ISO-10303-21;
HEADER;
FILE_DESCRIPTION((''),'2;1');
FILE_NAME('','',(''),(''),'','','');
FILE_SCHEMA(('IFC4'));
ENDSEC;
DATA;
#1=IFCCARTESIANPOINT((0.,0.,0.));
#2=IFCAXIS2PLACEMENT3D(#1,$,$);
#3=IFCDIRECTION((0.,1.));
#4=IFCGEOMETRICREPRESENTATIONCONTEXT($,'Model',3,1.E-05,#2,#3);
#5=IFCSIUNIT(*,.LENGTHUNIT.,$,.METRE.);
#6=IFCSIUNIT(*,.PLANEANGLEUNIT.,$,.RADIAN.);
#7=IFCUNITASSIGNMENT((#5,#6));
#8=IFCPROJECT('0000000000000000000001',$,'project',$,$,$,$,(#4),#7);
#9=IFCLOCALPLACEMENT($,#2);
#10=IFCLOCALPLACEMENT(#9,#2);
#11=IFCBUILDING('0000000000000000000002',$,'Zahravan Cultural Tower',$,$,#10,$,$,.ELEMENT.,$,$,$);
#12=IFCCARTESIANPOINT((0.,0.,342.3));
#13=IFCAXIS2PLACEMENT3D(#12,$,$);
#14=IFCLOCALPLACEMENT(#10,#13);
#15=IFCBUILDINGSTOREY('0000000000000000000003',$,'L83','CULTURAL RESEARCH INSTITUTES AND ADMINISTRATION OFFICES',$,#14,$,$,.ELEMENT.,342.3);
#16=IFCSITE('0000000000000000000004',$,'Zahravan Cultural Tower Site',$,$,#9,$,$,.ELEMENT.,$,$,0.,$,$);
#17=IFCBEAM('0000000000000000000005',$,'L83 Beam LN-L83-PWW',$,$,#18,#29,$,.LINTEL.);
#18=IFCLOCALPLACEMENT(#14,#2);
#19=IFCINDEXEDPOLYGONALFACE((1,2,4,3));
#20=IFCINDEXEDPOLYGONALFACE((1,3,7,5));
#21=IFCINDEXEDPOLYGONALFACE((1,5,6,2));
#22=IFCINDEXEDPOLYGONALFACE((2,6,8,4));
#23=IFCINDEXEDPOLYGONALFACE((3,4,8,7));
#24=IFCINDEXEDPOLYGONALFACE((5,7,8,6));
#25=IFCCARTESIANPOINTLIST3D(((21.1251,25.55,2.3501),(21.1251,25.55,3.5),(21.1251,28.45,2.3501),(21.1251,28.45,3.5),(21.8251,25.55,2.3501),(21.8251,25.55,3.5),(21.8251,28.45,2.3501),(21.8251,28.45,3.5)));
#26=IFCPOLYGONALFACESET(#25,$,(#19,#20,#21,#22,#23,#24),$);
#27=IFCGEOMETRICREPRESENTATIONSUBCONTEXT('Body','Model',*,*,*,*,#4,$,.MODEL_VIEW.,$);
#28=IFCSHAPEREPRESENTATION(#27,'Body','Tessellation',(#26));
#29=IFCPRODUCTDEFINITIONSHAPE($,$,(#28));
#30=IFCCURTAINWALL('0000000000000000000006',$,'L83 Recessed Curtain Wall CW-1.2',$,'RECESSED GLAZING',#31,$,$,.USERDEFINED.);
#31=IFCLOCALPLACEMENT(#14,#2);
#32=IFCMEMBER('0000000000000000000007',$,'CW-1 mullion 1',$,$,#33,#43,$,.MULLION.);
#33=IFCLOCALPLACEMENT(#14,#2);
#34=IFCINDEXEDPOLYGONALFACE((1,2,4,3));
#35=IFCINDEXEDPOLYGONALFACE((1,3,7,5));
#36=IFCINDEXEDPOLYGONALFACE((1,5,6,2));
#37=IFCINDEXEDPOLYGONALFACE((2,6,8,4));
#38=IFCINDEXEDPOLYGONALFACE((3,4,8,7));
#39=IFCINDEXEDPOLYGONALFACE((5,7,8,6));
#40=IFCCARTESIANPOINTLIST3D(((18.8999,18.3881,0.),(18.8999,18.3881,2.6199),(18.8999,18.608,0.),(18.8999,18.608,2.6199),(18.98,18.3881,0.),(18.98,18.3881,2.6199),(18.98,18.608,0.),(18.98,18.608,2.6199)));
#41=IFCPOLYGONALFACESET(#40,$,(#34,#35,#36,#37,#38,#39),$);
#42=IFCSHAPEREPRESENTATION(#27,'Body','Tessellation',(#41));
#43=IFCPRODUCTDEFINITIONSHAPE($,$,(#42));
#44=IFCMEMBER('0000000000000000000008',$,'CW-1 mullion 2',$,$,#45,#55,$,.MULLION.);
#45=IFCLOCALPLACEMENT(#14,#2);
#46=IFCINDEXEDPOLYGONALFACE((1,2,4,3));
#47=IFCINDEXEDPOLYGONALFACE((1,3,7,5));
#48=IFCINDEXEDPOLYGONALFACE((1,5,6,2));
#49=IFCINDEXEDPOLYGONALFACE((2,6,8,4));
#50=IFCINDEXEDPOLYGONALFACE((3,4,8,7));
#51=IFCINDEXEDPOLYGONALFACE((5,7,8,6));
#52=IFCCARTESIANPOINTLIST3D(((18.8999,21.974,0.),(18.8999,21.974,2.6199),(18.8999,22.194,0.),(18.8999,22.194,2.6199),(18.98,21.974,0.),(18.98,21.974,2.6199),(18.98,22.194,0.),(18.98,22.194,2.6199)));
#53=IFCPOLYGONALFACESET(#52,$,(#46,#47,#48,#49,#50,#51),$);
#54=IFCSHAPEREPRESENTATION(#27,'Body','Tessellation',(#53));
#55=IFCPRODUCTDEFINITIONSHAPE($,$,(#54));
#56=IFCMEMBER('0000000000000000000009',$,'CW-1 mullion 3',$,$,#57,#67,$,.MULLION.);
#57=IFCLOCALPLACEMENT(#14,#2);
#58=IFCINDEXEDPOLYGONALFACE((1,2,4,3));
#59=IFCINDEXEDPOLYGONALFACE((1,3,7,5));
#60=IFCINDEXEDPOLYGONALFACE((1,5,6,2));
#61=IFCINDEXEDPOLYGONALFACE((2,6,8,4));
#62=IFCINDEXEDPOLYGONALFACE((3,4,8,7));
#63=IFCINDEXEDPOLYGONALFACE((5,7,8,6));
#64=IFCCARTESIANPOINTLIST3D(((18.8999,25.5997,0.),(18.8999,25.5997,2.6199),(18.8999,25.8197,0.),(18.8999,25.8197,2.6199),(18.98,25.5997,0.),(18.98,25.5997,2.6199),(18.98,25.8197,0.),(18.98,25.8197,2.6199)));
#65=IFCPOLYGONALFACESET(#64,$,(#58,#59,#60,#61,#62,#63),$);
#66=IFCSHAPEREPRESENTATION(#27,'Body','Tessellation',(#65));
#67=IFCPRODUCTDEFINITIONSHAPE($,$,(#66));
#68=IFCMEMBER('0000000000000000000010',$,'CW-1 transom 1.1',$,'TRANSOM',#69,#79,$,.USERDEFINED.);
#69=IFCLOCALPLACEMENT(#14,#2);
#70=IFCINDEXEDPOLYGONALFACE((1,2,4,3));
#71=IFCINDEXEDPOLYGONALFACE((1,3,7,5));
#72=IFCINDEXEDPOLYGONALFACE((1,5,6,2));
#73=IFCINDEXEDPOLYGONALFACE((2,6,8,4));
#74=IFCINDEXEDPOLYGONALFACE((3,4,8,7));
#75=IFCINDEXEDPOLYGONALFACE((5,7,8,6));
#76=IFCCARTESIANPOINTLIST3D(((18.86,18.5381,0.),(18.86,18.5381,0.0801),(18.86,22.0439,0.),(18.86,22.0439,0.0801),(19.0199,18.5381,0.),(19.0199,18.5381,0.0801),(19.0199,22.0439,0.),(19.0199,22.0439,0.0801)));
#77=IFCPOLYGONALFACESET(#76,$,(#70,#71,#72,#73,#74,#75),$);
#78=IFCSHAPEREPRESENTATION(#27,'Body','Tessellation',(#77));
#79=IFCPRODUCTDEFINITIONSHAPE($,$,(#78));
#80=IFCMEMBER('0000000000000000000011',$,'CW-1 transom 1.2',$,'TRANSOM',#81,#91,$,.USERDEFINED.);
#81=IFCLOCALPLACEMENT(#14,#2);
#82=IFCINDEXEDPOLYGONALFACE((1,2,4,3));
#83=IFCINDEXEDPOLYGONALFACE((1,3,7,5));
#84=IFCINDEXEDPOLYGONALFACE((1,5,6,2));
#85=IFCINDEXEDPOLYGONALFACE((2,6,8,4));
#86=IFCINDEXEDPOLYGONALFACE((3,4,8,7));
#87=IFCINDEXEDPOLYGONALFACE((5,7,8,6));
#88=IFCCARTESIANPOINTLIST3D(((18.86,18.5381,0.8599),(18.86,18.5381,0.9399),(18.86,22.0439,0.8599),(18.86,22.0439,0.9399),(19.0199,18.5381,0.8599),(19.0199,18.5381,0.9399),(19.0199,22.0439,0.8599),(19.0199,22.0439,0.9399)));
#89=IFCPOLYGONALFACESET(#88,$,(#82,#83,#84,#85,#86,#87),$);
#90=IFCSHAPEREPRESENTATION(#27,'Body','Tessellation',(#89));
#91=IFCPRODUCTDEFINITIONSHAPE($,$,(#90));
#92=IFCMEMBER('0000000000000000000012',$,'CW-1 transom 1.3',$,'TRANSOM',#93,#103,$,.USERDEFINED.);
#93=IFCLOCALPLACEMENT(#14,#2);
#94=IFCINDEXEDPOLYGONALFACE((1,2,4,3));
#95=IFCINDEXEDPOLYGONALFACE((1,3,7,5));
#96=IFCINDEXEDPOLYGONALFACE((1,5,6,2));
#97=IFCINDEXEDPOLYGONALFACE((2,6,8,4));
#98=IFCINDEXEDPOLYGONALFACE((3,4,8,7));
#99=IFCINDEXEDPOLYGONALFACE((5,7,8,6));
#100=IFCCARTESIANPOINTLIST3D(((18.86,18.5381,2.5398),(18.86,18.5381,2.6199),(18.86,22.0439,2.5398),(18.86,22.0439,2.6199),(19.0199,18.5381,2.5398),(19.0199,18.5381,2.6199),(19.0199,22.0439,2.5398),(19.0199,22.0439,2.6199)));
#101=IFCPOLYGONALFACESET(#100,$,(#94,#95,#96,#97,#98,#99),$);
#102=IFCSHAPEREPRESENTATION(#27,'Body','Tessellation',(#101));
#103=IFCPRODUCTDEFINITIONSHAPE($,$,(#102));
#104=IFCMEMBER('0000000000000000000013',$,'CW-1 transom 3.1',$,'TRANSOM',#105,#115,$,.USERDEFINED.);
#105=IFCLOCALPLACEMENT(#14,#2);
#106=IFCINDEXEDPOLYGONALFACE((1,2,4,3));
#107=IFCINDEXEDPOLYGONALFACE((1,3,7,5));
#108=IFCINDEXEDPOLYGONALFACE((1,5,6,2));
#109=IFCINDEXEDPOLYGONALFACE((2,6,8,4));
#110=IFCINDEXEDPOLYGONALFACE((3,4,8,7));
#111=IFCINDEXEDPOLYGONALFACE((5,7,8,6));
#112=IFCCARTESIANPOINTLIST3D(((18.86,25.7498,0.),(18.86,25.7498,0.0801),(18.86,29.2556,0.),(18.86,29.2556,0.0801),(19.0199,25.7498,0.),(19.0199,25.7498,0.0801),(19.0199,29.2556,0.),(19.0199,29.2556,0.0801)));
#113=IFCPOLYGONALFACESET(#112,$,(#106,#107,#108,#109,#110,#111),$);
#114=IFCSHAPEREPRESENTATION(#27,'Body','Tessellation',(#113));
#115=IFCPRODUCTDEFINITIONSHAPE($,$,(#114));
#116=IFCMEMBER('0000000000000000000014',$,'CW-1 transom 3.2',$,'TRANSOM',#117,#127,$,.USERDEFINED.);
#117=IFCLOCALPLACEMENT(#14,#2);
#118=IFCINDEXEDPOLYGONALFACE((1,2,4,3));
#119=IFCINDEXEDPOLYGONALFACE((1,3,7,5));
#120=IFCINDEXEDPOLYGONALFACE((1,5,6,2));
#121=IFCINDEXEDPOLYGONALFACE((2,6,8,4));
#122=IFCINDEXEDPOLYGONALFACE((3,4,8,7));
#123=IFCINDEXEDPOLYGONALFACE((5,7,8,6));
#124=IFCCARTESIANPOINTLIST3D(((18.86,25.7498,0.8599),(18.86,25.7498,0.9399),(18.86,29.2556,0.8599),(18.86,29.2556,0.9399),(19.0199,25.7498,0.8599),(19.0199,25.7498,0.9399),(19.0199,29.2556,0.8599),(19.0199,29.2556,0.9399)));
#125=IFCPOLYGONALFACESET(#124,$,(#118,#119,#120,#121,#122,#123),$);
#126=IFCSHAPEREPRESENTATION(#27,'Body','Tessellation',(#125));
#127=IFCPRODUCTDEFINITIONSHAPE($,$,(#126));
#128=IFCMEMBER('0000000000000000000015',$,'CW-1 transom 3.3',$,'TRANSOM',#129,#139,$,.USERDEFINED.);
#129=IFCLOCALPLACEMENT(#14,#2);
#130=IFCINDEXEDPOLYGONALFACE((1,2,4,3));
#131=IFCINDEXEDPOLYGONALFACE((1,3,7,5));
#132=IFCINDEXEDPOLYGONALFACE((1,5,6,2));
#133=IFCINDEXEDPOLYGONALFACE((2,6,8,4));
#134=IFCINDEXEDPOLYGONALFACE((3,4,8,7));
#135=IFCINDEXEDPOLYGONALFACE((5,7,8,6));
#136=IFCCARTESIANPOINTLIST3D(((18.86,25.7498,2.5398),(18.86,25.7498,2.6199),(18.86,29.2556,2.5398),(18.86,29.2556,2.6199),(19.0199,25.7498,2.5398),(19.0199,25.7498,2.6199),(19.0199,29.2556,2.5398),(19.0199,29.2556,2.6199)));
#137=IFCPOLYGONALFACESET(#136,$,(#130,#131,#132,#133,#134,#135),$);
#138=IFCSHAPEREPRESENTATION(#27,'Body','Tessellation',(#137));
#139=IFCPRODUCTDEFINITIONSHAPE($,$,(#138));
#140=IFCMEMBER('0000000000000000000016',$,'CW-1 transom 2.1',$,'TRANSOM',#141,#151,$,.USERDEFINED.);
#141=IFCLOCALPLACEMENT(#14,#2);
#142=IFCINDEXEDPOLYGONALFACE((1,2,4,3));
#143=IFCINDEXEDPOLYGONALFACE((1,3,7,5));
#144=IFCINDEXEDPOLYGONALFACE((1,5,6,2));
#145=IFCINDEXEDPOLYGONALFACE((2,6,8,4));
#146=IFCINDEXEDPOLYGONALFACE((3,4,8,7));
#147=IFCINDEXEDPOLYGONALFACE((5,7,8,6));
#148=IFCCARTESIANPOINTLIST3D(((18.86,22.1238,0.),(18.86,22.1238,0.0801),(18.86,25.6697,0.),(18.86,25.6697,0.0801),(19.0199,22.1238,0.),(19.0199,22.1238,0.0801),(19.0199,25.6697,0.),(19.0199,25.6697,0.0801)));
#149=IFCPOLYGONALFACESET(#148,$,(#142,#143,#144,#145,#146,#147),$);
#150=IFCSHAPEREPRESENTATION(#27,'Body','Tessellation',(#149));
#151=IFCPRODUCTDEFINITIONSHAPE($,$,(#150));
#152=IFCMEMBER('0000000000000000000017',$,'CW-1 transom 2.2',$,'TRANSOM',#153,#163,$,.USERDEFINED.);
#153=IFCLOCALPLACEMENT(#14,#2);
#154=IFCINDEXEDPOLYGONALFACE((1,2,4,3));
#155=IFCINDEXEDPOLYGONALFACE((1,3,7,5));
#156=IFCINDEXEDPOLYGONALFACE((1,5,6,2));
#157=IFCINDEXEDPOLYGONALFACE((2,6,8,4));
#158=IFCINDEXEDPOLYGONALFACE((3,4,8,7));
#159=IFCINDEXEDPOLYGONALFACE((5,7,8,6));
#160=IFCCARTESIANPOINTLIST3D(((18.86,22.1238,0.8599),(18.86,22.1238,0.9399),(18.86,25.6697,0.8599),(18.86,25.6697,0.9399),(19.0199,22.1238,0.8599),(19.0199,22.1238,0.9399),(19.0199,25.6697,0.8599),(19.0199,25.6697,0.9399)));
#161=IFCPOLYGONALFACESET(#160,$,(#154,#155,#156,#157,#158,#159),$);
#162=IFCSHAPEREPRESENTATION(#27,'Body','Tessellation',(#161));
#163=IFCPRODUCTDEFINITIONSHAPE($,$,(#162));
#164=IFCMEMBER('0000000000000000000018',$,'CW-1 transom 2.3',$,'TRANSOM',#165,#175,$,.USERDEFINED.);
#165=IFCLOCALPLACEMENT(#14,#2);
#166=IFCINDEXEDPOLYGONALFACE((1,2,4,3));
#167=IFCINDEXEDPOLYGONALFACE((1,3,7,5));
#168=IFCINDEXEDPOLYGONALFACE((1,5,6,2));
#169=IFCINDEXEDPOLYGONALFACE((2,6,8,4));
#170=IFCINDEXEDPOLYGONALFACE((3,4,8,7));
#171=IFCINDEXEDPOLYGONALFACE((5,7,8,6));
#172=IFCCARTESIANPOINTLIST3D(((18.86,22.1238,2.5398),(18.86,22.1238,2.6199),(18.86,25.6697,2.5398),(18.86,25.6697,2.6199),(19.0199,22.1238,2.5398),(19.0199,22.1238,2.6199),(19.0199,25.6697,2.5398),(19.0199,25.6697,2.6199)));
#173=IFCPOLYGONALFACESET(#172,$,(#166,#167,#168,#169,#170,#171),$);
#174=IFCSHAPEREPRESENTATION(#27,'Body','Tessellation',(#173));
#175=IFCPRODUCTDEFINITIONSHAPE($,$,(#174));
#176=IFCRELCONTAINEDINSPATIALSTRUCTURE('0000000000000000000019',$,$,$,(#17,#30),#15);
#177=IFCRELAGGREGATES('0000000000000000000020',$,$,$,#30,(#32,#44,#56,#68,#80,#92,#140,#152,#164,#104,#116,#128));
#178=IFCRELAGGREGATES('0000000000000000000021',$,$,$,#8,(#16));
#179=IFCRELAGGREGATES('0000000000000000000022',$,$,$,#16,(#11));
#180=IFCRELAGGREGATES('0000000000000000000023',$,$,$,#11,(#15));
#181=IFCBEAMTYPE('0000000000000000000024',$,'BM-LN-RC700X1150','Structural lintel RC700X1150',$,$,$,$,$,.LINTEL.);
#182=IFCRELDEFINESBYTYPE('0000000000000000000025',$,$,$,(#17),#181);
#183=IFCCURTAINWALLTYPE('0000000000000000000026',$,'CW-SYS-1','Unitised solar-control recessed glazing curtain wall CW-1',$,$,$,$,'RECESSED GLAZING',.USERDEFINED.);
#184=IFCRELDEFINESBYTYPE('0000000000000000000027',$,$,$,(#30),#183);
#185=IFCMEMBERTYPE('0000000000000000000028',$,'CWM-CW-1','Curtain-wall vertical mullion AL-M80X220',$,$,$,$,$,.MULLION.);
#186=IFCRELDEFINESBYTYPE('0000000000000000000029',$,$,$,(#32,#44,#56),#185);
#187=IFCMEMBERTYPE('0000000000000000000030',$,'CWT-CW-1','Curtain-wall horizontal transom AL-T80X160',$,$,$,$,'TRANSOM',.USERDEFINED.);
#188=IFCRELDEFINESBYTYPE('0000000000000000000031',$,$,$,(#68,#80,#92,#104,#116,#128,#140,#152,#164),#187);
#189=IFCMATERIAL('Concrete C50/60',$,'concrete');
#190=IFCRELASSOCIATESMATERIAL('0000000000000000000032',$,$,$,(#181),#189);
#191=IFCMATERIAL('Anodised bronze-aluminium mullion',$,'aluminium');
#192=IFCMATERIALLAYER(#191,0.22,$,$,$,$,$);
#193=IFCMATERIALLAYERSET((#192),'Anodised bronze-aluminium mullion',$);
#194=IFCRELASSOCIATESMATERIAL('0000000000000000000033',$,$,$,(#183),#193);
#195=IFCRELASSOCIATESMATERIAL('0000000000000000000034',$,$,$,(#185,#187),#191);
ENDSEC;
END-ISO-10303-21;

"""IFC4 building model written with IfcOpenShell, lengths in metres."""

from ifc_helpers import new_model, si_unit, direction, frame, origin, origin_2d, place, context, subcontext, project, spatial, rectangle, extrude, source, transform, mapped, material, layer, layer_set, material_profile, profile_set, type_object, element, aggregate, save


model = new_model("IFC4")

# Units and contexts
model_context = context("Model", 3, precision=1e-05, world=origin(), true_north=direction((0.0, 1.0)))
body_context = subcontext(model_context, "Body", "Model", "MODEL_VIEW")
ifc_project = project(units=[si_unit("LENGTHUNIT", "METRE"), si_unit("PLANEANGLEUNIT", "RADIAN")], contexts=[model_context])

# Site, building, storey
site_placement = place(None, origin())
site = spatial("IfcSite", under=ifc_project, at=site_placement, Name="Zahravan Cultural Tower Site", CompositionType="ELEMENT", RefElevation=0.0)
building_placement = place(site_placement, origin())
building = spatial("IfcBuilding", under=site, at=building_placement, Name="Zahravan Cultural Tower", CompositionType="ELEMENT")
storey_placement = place(building_placement, frame((0.0, 0.0, 342.3)))
storey = spatial("IfcBuildingStorey", under=building, at=storey_placement, Name="L83", Description="CULTURAL RESEARCH INSTITUTES AND ADMINISTRATION OFFICES", CompositionType="ELEMENT", Elevation=342.3)

# Beam
ifc_material_1 = material(Name="Concrete C50/60", Category="concrete")
ifc_material_profile_1 = material_profile(ifc_material_1, rectangle(XDim=0.7, YDim=1.1499, at=origin_2d()), Name="RC700X1150")
ifc_profile_set_1 = profile_set([ifc_material_profile_1], Name="Concrete C50/60")
beam_type = type_object("IfcBeamType", Name="BM-LN-RC700X1150", Description="Structural lintel RC700X1150", PredefinedType="LINTEL", material=ifc_profile_set_1)
shared_shape_1 = source(origin(), body_context, "Body", "SweptSolid", [
    extrude(rectangle(XDim=0.7, YDim=1.1499, at=origin_2d()), origin(), (0.0, 0.0, 1.0), 2.8999),
])
beam_placement = place(storey_placement, frame((21.4751, 25.55, 2.925), z_axis=(0.0, 1.0, 0.0), x_axis=(-1.0, 0.0, 0.0)))
element("IfcBeam", 1, at=beam_placement, inside=storey, type_object=beam_type, Name="L83 Beam LN-L83-PWW", PredefinedType="LINTEL", context=body_context, shape_type="MappedRepresentation", body=[
    mapped(shared_shape_1, transform((0.0, 0.0, 0.0), x_axis=(1.0, 0.0, 0.0), y_axis=(0.0, 1.0, 0.0), z_axis=(0.0, 0.0, 1.0), scale=1.0)),
])

# Curtain wall, members
ifc_material_2 = material(Name="Anodised bronze-aluminium mullion", Category="aluminium")
ifc_layer_1 = layer(ifc_material_2, 0.22)
ifc_layer_set_1 = layer_set([ifc_layer_1], Name="Anodised bronze-aluminium mullion")
curtain_wall_type = type_object("IfcCurtainWallType", Name="CW-SYS-1", Description="Unitised solar-control recessed glazing curtain wall CW-1", ElementType="RECESSED GLAZING", PredefinedType="USERDEFINED", material=ifc_layer_set_1)
curtain_wall_placement = place(storey_placement, origin())
curtain_wall = element("IfcCurtainWall", 2, at=curtain_wall_placement, inside=storey, type_object=curtain_wall_type, Name="L83 Recessed Curtain Wall CW-1.2", ObjectType="RECESSED GLAZING", PredefinedType="USERDEFINED")
ifc_material_profile_2 = material_profile(ifc_material_2, rectangle(XDim=0.0801, YDim=0.22, at=origin_2d()), Name="AL-M80X220")
ifc_profile_set_2 = profile_set([ifc_material_profile_2], Name="Anodised bronze-aluminium mullion")
member_type_1 = type_object("IfcMemberType", Name="CWM-CW-1", Description="Curtain-wall vertical mullion AL-M80X220", PredefinedType="MULLION", material=ifc_profile_set_2)
shared_shape_2 = source(origin(), body_context, "Body", "SweptSolid", [
    extrude(rectangle(XDim=0.0801, YDim=0.22, at=origin_2d()), origin(), (0.0, 0.0, 1.0), 2.6199),
])
member_1_placement = place(storey_placement, frame((18.9399, 18.498, 0.0), z_axis=(0.0, 0.0, 1.0), x_axis=(-1.0, 0.0, 0.0)))
member_1 = element("IfcMember", 3, at=member_1_placement, type_object=member_type_1, Name="CW-1 mullion 1", PredefinedType="MULLION", context=body_context, shape_type="MappedRepresentation", body=[
    mapped(shared_shape_2, transform((0.0, 0.0, 0.0), x_axis=(1.0, 0.0, 0.0), y_axis=(0.0, 1.0, 0.0), z_axis=(0.0, 0.0, 1.0), scale=1.0)),
])
member_2_placement = place(storey_placement, frame((18.9399, 22.084, 0.0), z_axis=(0.0, 0.0, 1.0), x_axis=(-1.0, 0.0, 0.0)))
member_2 = element("IfcMember", 4, at=member_2_placement, type_object=member_type_1, Name="CW-1 mullion 2", PredefinedType="MULLION", context=body_context, shape_type="MappedRepresentation", body=[
    mapped(shared_shape_2, transform((0.0, 0.0, 0.0), x_axis=(1.0, 0.0, 0.0), y_axis=(0.0, 1.0, 0.0), z_axis=(0.0, 0.0, 1.0), scale=1.0)),
])
member_3_placement = place(storey_placement, frame((18.9399, 25.7097, 0.0), z_axis=(0.0, 0.0, 1.0), x_axis=(-1.0, 0.0, 0.0)))
member_3 = element("IfcMember", 5, at=member_3_placement, type_object=member_type_1, Name="CW-1 mullion 3", PredefinedType="MULLION", context=body_context, shape_type="MappedRepresentation", body=[
    mapped(shared_shape_2, transform((0.0, 0.0, 0.0), x_axis=(1.0, 0.0, 0.0), y_axis=(0.0, 1.0, 0.0), z_axis=(0.0, 0.0, 1.0), scale=1.0)),
])
ifc_material_profile_3 = material_profile(ifc_material_2, rectangle(XDim=0.1599, YDim=0.0801, at=origin_2d()), Name="AL-T80X160")
ifc_profile_set_3 = profile_set([ifc_material_profile_3], Name="Anodised bronze-aluminium mullion")
member_type_2 = type_object("IfcMemberType", Name="CWT-CW-1", Description="Curtain-wall horizontal transom AL-T80X160", ElementType="TRANSOM", PredefinedType="USERDEFINED", material=ifc_profile_set_3)
shared_shape_3 = source(origin(), body_context, "Body", "SweptSolid", [
    extrude(rectangle(XDim=0.1599, YDim=0.0801, at=origin_2d()), origin(), (0.0, 0.0, 1.0), 3.5059),
])
member_4_placement = place(storey_placement, frame((18.9399, 18.5381, 0.04), z_axis=(0.0, 1.0, 0.0), x_axis=(-1.0, 0.0, 0.0)))
member_4 = element("IfcMember", 6, at=member_4_placement, type_object=member_type_2, Name="CW-1 transom 1.1", ObjectType="TRANSOM", PredefinedType="USERDEFINED", context=body_context, shape_type="MappedRepresentation", body=[
    mapped(shared_shape_3, transform((0.0, 0.0, 0.0), x_axis=(1.0, 0.0, 0.0), y_axis=(0.0, 1.0, 0.0), z_axis=(0.0, 0.0, 1.0), scale=1.0)),
])
member_5_placement = place(storey_placement, frame((18.9399, 18.5381, 0.8999), z_axis=(0.0, 1.0, 0.0), x_axis=(-1.0, 0.0, 0.0)))
member_5 = element("IfcMember", 7, at=member_5_placement, type_object=member_type_2, Name="CW-1 transom 1.2", ObjectType="TRANSOM", PredefinedType="USERDEFINED", context=body_context, shape_type="MappedRepresentation", body=[
    mapped(shared_shape_3, transform((0.0, 0.0, 0.0), x_axis=(1.0, 0.0, 0.0), y_axis=(0.0, 1.0, 0.0), z_axis=(0.0, 0.0, 1.0), scale=1.0)),
])
member_6_placement = place(storey_placement, frame((18.9399, 18.5381, 2.5798), z_axis=(0.0, 1.0, 0.0), x_axis=(-1.0, 0.0, 0.0)))
member_6 = element("IfcMember", 8, at=member_6_placement, type_object=member_type_2, Name="CW-1 transom 1.3", ObjectType="TRANSOM", PredefinedType="USERDEFINED", context=body_context, shape_type="MappedRepresentation", body=[
    mapped(shared_shape_3, transform((0.0, 0.0, 0.0), x_axis=(1.0, 0.0, 0.0), y_axis=(0.0, 1.0, 0.0), z_axis=(0.0, 0.0, 1.0), scale=1.0)),
])
member_7_placement = place(storey_placement, frame((18.9399, 25.7498, 0.04), z_axis=(0.0, 1.0, 0.0), x_axis=(-1.0, 0.0, 0.0)))
member_7 = element("IfcMember", 9, at=member_7_placement, type_object=member_type_2, Name="CW-1 transom 3.1", ObjectType="TRANSOM", PredefinedType="USERDEFINED", context=body_context, shape_type="MappedRepresentation", body=[
    mapped(shared_shape_3, transform((0.0, 0.0, 0.0), x_axis=(1.0, 0.0, 0.0), y_axis=(0.0, 1.0, 0.0), z_axis=(0.0, 0.0, 1.0), scale=1.0)),
])
member_8_placement = place(storey_placement, frame((18.9399, 25.7498, 0.8999), z_axis=(0.0, 1.0, 0.0), x_axis=(-1.0, 0.0, 0.0)))
member_8 = element("IfcMember", 10, at=member_8_placement, type_object=member_type_2, Name="CW-1 transom 3.2", ObjectType="TRANSOM", PredefinedType="USERDEFINED", context=body_context, shape_type="MappedRepresentation", body=[
    mapped(shared_shape_3, transform((0.0, 0.0, 0.0), x_axis=(1.0, 0.0, 0.0), y_axis=(0.0, 1.0, 0.0), z_axis=(0.0, 0.0, 1.0), scale=1.0)),
])
member_9_placement = place(storey_placement, frame((18.9399, 25.7498, 2.5798), z_axis=(0.0, 1.0, 0.0), x_axis=(-1.0, 0.0, 0.0)))
member_9 = element("IfcMember", 11, at=member_9_placement, type_object=member_type_2, Name="CW-1 transom 3.3", ObjectType="TRANSOM", PredefinedType="USERDEFINED", context=body_context, shape_type="MappedRepresentation", body=[
    mapped(shared_shape_3, transform((0.0, 0.0, 0.0), x_axis=(1.0, 0.0, 0.0), y_axis=(0.0, 1.0, 0.0), z_axis=(0.0, 0.0, 1.0), scale=1.0)),
])
shared_shape_4 = source(origin(), body_context, "Body", "SweptSolid", [
    extrude(rectangle(XDim=0.1599, YDim=0.0801, at=origin_2d()), origin(), (0.0, 0.0, 1.0), 3.5459),
])
member_10_placement = place(storey_placement, frame((18.9399, 22.1238, 0.04), z_axis=(0.0, 1.0, 0.0), x_axis=(-1.0, 0.0, 0.0)))
member_10 = element("IfcMember", 12, at=member_10_placement, type_object=member_type_2, Name="CW-1 transom 2.1", ObjectType="TRANSOM", PredefinedType="USERDEFINED", context=body_context, shape_type="MappedRepresentation", body=[
    mapped(shared_shape_4, transform((0.0, 0.0, 0.0), x_axis=(1.0, 0.0, 0.0), y_axis=(0.0, 1.0, 0.0), z_axis=(0.0, 0.0, 1.0), scale=1.0)),
])
member_11_placement = place(storey_placement, frame((18.9399, 22.1238, 0.8999), z_axis=(0.0, 1.0, 0.0), x_axis=(-1.0, 0.0, 0.0)))
member_11 = element("IfcMember", 13, at=member_11_placement, type_object=member_type_2, Name="CW-1 transom 2.2", ObjectType="TRANSOM", PredefinedType="USERDEFINED", context=body_context, shape_type="MappedRepresentation", body=[
    mapped(shared_shape_4, transform((0.0, 0.0, 0.0), x_axis=(1.0, 0.0, 0.0), y_axis=(0.0, 1.0, 0.0), z_axis=(0.0, 0.0, 1.0), scale=1.0)),
])
member_12_placement = place(storey_placement, frame((18.9399, 22.1238, 2.5798), z_axis=(0.0, 1.0, 0.0), x_axis=(-1.0, 0.0, 0.0)))
member_12 = element("IfcMember", 14, at=member_12_placement, type_object=member_type_2, Name="CW-1 transom 2.3", ObjectType="TRANSOM", PredefinedType="USERDEFINED", context=body_context, shape_type="MappedRepresentation", body=[
    mapped(shared_shape_4, transform((0.0, 0.0, 0.0), x_axis=(1.0, 0.0, 0.0), y_axis=(0.0, 1.0, 0.0), z_axis=(0.0, 0.0, 1.0), scale=1.0)),
])
aggregate(curtain_wall, [member_1, member_2, member_3, member_4, member_5, member_6, member_10, member_11, member_12, member_7, member_8, member_9])

save(model, "model.ifc")
